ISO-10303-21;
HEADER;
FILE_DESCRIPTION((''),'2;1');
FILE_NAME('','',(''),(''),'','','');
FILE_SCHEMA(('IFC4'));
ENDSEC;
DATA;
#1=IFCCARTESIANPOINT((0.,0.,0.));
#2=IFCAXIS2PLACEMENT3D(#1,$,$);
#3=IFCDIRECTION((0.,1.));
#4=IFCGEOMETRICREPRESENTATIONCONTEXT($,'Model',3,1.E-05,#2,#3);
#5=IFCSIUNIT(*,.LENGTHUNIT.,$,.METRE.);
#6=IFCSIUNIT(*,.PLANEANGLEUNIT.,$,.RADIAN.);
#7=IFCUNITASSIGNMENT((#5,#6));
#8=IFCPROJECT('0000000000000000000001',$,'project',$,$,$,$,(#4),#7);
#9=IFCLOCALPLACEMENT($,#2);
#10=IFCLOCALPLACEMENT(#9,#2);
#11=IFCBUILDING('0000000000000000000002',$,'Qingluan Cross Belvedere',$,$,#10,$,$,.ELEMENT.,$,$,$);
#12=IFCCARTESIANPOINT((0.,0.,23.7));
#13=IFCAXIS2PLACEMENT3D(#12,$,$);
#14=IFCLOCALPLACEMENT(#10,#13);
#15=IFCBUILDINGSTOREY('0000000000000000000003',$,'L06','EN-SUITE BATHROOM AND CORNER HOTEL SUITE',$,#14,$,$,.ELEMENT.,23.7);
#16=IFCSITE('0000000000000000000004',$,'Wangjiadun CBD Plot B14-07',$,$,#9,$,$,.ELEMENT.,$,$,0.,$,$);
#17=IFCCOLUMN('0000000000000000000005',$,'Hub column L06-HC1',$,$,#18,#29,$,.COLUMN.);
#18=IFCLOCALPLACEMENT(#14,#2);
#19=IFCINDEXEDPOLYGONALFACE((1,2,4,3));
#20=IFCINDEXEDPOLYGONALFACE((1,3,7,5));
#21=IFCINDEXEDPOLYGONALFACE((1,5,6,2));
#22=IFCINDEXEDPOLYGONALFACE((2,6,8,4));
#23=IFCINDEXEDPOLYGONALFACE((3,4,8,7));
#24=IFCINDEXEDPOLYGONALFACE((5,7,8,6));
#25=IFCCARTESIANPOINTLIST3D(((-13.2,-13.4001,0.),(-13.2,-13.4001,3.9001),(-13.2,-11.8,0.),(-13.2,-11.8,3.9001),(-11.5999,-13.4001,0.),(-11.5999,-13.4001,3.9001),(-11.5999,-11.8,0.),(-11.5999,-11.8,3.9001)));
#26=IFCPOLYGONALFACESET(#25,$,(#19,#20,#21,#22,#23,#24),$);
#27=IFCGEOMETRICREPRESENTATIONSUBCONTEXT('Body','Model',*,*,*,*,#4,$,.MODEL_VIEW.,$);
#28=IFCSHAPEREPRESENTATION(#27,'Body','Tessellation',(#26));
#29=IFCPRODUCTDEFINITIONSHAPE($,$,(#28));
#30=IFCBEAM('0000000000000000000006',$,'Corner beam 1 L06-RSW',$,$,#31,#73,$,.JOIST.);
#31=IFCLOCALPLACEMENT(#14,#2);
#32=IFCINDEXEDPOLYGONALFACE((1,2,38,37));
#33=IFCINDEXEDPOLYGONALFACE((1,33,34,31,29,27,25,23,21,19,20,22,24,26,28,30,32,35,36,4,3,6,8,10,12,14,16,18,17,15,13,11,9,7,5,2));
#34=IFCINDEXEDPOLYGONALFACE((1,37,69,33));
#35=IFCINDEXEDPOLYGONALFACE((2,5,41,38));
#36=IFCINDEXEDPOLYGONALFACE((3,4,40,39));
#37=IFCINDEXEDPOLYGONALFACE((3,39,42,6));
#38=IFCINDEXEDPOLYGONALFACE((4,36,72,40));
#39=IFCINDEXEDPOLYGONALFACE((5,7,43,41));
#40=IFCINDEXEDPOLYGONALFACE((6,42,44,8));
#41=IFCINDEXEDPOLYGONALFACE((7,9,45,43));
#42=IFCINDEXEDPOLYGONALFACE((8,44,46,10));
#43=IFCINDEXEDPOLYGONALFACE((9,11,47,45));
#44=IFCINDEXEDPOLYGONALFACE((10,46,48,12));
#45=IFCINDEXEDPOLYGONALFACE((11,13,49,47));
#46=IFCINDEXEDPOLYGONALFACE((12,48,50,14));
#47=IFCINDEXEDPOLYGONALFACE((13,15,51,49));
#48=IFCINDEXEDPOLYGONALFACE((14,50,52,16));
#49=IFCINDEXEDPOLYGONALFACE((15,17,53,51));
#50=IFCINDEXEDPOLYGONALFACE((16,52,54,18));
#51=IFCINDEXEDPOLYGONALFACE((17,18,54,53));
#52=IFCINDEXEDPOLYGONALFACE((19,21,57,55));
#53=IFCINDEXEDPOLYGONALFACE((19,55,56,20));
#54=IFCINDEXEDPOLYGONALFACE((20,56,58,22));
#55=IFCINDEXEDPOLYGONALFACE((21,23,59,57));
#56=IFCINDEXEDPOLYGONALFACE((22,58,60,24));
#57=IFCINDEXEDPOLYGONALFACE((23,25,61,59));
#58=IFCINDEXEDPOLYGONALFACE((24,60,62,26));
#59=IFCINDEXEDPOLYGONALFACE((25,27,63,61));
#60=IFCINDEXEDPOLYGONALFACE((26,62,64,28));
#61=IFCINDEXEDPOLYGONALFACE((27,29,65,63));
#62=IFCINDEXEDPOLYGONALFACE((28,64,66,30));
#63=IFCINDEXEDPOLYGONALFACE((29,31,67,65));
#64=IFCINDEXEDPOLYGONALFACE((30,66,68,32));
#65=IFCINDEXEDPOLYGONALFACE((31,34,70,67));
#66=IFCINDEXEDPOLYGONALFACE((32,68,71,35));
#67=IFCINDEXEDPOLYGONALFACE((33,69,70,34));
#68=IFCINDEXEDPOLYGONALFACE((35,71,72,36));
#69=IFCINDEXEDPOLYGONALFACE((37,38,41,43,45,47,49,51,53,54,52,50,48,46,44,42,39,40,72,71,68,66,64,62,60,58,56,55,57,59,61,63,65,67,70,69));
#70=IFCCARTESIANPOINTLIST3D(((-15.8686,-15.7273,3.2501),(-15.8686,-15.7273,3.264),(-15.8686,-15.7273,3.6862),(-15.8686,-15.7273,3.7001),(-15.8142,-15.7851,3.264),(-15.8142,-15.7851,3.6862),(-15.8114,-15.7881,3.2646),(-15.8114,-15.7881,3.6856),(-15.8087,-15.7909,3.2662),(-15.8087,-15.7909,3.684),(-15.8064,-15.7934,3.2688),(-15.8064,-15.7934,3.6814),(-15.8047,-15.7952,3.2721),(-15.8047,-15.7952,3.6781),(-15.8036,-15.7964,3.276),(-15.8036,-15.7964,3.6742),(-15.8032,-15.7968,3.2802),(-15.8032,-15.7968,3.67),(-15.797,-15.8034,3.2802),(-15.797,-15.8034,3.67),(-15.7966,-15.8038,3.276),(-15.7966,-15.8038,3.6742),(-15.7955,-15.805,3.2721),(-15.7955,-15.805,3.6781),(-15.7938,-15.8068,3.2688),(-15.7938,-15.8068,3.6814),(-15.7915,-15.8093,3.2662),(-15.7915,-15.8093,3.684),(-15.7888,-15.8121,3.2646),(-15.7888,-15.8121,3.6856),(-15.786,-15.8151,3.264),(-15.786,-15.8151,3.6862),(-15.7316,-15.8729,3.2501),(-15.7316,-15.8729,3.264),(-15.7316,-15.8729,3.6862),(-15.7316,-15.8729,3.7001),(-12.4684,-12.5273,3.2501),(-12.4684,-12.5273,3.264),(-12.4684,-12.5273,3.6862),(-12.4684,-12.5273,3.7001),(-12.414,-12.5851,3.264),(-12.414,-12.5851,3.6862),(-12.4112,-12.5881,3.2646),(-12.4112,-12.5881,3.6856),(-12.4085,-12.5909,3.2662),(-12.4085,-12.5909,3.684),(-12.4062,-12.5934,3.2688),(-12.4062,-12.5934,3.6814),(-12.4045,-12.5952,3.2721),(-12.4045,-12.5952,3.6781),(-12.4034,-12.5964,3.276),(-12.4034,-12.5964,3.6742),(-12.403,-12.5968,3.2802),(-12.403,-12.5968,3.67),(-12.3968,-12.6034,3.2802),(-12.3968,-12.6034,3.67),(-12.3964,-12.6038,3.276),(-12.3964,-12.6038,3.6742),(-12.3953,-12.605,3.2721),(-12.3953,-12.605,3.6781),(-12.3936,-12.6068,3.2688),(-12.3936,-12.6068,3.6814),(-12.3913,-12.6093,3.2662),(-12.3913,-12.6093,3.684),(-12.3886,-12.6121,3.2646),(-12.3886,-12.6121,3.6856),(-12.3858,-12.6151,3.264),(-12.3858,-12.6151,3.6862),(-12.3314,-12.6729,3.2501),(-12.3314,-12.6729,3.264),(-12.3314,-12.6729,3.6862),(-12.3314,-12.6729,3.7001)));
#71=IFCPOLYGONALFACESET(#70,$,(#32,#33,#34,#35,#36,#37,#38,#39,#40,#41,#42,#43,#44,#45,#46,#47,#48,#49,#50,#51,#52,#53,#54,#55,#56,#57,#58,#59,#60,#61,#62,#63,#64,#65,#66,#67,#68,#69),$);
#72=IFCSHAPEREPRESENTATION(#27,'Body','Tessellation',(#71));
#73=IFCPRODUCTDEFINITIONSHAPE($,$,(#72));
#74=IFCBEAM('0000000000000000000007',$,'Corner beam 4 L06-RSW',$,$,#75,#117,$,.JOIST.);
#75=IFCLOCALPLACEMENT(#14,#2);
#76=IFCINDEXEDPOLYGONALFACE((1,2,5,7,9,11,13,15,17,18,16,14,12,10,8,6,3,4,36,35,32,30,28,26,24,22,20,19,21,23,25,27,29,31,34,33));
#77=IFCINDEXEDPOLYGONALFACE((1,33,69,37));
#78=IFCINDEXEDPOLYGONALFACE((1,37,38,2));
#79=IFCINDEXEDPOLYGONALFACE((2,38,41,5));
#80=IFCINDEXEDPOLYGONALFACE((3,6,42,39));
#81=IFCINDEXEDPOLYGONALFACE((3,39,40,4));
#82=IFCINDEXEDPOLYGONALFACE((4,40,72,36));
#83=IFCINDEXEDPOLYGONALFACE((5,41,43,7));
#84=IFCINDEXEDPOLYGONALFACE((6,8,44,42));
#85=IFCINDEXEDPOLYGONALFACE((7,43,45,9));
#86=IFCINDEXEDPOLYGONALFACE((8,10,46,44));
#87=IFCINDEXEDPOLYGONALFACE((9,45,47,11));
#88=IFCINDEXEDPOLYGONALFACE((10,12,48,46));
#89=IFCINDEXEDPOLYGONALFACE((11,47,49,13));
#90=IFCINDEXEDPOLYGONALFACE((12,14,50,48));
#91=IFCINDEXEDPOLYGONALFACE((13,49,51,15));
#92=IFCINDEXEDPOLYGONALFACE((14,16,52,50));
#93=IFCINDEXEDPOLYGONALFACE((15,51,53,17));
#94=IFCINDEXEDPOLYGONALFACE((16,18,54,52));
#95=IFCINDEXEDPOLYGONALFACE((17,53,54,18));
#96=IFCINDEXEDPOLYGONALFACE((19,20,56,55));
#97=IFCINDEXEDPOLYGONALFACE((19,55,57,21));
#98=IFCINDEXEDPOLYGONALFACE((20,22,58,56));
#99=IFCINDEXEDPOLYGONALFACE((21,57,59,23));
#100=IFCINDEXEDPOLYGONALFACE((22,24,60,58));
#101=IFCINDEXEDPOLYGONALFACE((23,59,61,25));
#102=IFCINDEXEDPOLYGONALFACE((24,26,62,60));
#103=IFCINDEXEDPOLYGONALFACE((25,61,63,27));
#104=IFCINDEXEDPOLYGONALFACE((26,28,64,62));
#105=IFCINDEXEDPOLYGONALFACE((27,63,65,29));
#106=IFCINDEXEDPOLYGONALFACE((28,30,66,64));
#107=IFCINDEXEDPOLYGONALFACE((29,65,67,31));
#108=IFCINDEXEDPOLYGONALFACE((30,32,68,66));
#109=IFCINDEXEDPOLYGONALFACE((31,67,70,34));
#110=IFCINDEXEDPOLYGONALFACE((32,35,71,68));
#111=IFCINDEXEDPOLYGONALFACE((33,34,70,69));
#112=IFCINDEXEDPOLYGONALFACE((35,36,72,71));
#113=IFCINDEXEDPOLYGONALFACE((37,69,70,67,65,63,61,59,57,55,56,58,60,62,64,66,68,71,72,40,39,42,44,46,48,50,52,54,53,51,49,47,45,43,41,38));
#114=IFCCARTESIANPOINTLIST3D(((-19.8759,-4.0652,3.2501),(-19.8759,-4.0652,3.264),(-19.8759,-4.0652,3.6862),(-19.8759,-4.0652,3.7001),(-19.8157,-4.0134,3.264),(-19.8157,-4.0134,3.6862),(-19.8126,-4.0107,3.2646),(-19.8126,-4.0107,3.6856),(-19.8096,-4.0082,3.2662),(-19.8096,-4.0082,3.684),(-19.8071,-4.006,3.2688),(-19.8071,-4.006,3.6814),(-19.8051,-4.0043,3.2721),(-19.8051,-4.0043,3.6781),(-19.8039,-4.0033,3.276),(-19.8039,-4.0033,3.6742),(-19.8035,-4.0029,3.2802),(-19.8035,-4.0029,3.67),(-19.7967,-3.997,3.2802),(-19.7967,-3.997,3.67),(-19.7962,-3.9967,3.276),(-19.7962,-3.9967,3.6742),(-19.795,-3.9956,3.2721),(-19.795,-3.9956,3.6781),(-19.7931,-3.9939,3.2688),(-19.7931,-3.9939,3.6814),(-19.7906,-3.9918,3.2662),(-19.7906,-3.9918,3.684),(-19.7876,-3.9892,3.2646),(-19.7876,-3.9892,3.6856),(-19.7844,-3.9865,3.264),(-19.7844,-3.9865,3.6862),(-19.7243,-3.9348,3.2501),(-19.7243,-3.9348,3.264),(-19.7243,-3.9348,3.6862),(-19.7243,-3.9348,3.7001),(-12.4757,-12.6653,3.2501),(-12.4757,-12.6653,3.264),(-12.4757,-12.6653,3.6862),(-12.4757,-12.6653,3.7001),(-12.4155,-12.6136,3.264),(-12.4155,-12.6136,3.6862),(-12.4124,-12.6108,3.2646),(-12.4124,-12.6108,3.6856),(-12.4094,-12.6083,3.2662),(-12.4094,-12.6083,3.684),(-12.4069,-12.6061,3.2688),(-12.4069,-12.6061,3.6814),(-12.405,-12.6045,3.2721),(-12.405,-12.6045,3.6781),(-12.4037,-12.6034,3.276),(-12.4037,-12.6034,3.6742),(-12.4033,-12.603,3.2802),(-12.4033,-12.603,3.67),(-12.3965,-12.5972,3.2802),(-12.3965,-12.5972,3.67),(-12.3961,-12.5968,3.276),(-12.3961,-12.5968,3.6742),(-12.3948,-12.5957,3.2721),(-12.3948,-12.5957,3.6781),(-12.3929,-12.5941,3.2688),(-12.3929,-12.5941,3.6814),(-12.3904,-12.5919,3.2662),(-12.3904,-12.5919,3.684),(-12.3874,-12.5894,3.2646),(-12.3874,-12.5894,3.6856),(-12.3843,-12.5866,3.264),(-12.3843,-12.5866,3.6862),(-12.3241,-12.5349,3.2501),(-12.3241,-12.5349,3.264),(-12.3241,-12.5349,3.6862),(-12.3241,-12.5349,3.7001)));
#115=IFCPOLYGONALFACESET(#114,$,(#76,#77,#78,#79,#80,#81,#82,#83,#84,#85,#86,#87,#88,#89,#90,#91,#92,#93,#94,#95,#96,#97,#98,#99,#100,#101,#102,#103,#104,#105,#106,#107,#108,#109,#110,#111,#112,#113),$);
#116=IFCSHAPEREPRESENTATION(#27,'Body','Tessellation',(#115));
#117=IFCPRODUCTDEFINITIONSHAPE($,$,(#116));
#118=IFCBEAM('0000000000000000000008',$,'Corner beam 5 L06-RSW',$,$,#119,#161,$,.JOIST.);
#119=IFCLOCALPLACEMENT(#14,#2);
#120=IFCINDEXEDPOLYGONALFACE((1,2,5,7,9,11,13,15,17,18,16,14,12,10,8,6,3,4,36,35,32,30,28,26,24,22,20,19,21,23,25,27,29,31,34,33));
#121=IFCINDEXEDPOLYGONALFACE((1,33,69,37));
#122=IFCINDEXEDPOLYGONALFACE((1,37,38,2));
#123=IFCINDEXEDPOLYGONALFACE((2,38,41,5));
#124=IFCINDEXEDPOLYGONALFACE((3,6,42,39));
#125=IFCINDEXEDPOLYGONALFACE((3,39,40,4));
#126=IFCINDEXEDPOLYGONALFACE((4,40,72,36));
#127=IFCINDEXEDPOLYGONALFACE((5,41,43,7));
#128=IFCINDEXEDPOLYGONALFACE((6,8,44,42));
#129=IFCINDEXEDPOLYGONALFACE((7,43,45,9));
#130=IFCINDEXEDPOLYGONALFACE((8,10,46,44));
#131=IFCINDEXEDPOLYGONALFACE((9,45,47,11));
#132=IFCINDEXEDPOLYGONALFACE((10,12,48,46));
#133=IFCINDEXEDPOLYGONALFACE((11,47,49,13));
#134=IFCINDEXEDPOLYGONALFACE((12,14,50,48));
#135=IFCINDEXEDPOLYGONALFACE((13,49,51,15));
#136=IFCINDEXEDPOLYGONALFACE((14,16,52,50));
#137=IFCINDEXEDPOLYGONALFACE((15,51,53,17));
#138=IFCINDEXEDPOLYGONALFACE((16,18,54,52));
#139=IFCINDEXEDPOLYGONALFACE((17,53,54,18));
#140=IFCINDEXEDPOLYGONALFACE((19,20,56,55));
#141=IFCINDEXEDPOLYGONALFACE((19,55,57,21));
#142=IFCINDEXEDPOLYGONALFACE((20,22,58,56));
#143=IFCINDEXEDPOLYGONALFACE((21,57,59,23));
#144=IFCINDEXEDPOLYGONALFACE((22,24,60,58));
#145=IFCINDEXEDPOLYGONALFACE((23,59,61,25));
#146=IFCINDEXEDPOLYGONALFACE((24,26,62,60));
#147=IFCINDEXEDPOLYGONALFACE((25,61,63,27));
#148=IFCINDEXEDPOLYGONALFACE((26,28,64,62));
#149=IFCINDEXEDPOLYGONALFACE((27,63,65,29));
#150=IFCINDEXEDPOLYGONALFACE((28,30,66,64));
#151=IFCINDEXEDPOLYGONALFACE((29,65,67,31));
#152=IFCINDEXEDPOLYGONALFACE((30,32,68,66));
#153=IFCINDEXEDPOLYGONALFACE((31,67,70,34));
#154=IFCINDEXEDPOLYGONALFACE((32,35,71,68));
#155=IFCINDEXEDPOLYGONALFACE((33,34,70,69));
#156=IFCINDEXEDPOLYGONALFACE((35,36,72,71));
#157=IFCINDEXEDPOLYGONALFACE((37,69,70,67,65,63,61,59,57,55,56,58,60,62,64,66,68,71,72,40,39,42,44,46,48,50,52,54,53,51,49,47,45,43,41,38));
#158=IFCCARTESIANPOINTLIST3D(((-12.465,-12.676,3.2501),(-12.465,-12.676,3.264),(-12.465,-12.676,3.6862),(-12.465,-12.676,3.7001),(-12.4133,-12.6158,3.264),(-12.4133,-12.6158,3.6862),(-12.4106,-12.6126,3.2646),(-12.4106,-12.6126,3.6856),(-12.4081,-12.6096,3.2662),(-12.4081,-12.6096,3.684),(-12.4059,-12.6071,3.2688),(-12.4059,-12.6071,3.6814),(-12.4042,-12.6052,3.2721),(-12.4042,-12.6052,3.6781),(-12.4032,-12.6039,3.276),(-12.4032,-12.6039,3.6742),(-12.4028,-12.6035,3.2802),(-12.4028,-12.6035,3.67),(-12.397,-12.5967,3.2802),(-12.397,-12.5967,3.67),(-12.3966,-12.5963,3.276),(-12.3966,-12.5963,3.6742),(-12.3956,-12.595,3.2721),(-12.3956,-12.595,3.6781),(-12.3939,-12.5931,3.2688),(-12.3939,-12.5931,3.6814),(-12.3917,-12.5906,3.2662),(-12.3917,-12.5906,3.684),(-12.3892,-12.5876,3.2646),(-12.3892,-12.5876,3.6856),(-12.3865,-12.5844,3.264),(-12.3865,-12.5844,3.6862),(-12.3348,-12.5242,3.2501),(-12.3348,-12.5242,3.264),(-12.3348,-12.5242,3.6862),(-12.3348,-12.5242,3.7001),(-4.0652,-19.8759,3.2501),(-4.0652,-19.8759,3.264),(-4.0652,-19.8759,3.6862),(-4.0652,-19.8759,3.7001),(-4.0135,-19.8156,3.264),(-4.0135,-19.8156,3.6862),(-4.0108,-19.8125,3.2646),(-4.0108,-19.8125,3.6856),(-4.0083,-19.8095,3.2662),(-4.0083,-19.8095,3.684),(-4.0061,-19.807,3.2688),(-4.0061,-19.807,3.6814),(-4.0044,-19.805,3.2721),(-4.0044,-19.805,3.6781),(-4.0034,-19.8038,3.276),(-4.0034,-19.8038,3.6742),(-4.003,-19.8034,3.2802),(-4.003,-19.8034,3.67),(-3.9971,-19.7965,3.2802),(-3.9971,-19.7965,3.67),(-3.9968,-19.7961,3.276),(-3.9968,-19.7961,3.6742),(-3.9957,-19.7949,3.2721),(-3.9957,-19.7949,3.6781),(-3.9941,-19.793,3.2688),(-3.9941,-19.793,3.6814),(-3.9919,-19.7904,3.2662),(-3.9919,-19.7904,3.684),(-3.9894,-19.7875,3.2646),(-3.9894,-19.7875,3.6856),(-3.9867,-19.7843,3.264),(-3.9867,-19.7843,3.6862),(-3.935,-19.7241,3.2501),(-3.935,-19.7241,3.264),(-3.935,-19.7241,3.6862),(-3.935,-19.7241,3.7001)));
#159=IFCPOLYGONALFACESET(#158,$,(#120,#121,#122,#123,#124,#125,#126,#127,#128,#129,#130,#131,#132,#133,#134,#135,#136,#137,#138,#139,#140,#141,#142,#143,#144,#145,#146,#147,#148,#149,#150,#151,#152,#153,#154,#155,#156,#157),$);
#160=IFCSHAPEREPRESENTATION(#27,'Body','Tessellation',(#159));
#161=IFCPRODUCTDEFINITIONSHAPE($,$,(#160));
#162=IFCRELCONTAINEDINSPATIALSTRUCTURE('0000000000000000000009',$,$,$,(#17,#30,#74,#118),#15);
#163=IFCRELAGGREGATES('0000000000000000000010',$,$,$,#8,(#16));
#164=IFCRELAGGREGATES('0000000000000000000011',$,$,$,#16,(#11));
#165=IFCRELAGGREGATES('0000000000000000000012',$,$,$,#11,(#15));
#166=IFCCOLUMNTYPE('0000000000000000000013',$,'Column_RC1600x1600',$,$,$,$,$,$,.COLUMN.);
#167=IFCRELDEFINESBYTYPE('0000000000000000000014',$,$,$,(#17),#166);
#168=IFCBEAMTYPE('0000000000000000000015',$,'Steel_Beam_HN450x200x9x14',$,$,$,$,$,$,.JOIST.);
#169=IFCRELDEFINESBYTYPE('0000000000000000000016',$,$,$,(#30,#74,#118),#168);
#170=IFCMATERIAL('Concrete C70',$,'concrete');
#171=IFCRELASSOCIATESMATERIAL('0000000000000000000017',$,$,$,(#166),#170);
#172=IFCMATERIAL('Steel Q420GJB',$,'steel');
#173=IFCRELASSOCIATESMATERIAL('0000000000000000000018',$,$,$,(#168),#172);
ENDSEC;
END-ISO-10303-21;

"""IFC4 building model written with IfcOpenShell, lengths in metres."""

from ifc_helpers import new_model, si_unit, direction, frame, origin, origin_2d, place, context, subcontext, project, spatial, rectangle, i_section, extrude, material, material_profile, profile_set, type_object, element, save


model = new_model("IFC4")

# Units and contexts
model_context = context("Model", 3, precision=1e-05, world=origin(), true_north=direction((0.0, 1.0)))
body_context = subcontext(model_context, "Body", "Model", "MODEL_VIEW")
ifc_project = project(units=[si_unit("LENGTHUNIT", "METRE"), si_unit("PLANEANGLEUNIT", "RADIAN")], contexts=[model_context])

# Site, building, storey
site_placement = place(None, origin())
site = spatial("IfcSite", under=ifc_project, at=site_placement, Name="Wangjiadun CBD Plot B14-07", CompositionType="ELEMENT", RefElevation=0.0)
building_placement = place(site_placement, origin())
building = spatial("IfcBuilding", under=site, at=building_placement, Name="Qingluan Cross Belvedere", CompositionType="ELEMENT")
storey_placement = place(building_placement, frame((0.0, 0.0, 23.7)))
storey = spatial("IfcBuildingStorey", under=building, at=storey_placement, Name="L06", Description="EN-SUITE BATHROOM AND CORNER HOTEL SUITE", CompositionType="ELEMENT", Elevation=23.7)

# Column
ifc_material_1 = material(Name="Concrete C70", Category="concrete")
ifc_material_profile_1 = material_profile(ifc_material_1, rectangle(XDim=1.6001, YDim=1.6001, at=origin_2d()), Name="RC1600x1600")
ifc_profile_set_1 = profile_set([ifc_material_profile_1], Name="Concrete C70")
column_type = type_object("IfcColumnType", Name="Column_RC1600x1600", PredefinedType="COLUMN", material=ifc_profile_set_1)
column_placement = place(storey_placement, frame((-12.3999, -12.6001, 0.0), z_axis=(0.0, 0.0, 1.0), x_axis=(1.0, 0.0, 0.0)))
element("IfcColumn", 1, at=column_placement, inside=storey, type_object=column_type, Name="Hub column L06-HC1", PredefinedType="COLUMN", context=body_context, shape_type="SweptSolid", body=[
    extrude(rectangle(XDim=1.6001, YDim=1.6001, at=origin_2d()), origin(), (0.0, 0.0, 1.0), 3.9001),
])

# Beams
ifc_material_2 = material(Name="Steel Q420GJB", Category="steel")
ifc_material_profile_2 = material_profile(ifc_material_2, i_section(OverallWidth=0.2, OverallDepth=0.45, WebThickness=0.009, FlangeThickness=0.0139, FilletRadius=0.0161, at=origin_2d()), Name="HN450x200x9x14")
ifc_profile_set_2 = profile_set([ifc_material_profile_2], Name="Steel Q420GJB")
beam_type_1 = type_object("IfcBeamType", Name="Steel_Beam_HN450x200x9x14", PredefinedType="JOIST", material=ifc_profile_set_2)
beam_1_placement = place(storey_placement, frame((-12.3999, -12.6001, 3.4751), z_axis=(-0.72822, -0.685343, 0.0), x_axis=(0.685343, -0.72822, 0.0)))
element("IfcBeam", 2, at=beam_1_placement, inside=storey, type_object=beam_type_1, Name="Corner beam 1 L06-RSW", PredefinedType="JOIST", context=body_context, shape_type="SweptSolid", body=[
    extrude(i_section(OverallWidth=0.2, OverallDepth=0.45, WebThickness=0.009, FlangeThickness=0.0139, FilletRadius=0.0161, at=origin_2d()), origin(), (0.0, 0.0, 1.0), 4.6692),
])
beam_2_placement = place(storey_placement, frame((-12.3999, -12.6001, 3.4751), z_axis=(-0.652245, 0.758008, 0.0), x_axis=(-0.758008, -0.652245, 0.0)))
element("IfcBeam", 3, at=beam_2_placement, inside=storey, type_object=beam_type_1, Name="Corner beam 4 L06-RSW", PredefinedType="JOIST", context=body_context, shape_type="SweptSolid", body=[
    extrude(i_section(OverallWidth=0.2, OverallDepth=0.45, WebThickness=0.009, FlangeThickness=0.0139, FilletRadius=0.0161, at=origin_2d()), origin(), (0.0, 0.0, 1.0), 11.3457),
])
beam_3_placement = place(storey_placement, frame((-12.3999, -12.6001, 3.4751), z_axis=(0.759255, -0.650793, 0.0), x_axis=(0.650793, 0.759255, 0.0)))
element("IfcBeam", 4, at=beam_3_placement, inside=storey, type_object=beam_type_1, Name="Corner beam 5 L06-RSW", PredefinedType="JOIST", context=body_context, shape_type="SweptSolid", body=[
    extrude(i_section(OverallWidth=0.2, OverallDepth=0.45, WebThickness=0.009, FlangeThickness=0.0139, FilletRadius=0.0161, at=origin_2d()), origin(), (0.0, 0.0, 1.0), 11.0632),
])

save(model, "model.ifc")
